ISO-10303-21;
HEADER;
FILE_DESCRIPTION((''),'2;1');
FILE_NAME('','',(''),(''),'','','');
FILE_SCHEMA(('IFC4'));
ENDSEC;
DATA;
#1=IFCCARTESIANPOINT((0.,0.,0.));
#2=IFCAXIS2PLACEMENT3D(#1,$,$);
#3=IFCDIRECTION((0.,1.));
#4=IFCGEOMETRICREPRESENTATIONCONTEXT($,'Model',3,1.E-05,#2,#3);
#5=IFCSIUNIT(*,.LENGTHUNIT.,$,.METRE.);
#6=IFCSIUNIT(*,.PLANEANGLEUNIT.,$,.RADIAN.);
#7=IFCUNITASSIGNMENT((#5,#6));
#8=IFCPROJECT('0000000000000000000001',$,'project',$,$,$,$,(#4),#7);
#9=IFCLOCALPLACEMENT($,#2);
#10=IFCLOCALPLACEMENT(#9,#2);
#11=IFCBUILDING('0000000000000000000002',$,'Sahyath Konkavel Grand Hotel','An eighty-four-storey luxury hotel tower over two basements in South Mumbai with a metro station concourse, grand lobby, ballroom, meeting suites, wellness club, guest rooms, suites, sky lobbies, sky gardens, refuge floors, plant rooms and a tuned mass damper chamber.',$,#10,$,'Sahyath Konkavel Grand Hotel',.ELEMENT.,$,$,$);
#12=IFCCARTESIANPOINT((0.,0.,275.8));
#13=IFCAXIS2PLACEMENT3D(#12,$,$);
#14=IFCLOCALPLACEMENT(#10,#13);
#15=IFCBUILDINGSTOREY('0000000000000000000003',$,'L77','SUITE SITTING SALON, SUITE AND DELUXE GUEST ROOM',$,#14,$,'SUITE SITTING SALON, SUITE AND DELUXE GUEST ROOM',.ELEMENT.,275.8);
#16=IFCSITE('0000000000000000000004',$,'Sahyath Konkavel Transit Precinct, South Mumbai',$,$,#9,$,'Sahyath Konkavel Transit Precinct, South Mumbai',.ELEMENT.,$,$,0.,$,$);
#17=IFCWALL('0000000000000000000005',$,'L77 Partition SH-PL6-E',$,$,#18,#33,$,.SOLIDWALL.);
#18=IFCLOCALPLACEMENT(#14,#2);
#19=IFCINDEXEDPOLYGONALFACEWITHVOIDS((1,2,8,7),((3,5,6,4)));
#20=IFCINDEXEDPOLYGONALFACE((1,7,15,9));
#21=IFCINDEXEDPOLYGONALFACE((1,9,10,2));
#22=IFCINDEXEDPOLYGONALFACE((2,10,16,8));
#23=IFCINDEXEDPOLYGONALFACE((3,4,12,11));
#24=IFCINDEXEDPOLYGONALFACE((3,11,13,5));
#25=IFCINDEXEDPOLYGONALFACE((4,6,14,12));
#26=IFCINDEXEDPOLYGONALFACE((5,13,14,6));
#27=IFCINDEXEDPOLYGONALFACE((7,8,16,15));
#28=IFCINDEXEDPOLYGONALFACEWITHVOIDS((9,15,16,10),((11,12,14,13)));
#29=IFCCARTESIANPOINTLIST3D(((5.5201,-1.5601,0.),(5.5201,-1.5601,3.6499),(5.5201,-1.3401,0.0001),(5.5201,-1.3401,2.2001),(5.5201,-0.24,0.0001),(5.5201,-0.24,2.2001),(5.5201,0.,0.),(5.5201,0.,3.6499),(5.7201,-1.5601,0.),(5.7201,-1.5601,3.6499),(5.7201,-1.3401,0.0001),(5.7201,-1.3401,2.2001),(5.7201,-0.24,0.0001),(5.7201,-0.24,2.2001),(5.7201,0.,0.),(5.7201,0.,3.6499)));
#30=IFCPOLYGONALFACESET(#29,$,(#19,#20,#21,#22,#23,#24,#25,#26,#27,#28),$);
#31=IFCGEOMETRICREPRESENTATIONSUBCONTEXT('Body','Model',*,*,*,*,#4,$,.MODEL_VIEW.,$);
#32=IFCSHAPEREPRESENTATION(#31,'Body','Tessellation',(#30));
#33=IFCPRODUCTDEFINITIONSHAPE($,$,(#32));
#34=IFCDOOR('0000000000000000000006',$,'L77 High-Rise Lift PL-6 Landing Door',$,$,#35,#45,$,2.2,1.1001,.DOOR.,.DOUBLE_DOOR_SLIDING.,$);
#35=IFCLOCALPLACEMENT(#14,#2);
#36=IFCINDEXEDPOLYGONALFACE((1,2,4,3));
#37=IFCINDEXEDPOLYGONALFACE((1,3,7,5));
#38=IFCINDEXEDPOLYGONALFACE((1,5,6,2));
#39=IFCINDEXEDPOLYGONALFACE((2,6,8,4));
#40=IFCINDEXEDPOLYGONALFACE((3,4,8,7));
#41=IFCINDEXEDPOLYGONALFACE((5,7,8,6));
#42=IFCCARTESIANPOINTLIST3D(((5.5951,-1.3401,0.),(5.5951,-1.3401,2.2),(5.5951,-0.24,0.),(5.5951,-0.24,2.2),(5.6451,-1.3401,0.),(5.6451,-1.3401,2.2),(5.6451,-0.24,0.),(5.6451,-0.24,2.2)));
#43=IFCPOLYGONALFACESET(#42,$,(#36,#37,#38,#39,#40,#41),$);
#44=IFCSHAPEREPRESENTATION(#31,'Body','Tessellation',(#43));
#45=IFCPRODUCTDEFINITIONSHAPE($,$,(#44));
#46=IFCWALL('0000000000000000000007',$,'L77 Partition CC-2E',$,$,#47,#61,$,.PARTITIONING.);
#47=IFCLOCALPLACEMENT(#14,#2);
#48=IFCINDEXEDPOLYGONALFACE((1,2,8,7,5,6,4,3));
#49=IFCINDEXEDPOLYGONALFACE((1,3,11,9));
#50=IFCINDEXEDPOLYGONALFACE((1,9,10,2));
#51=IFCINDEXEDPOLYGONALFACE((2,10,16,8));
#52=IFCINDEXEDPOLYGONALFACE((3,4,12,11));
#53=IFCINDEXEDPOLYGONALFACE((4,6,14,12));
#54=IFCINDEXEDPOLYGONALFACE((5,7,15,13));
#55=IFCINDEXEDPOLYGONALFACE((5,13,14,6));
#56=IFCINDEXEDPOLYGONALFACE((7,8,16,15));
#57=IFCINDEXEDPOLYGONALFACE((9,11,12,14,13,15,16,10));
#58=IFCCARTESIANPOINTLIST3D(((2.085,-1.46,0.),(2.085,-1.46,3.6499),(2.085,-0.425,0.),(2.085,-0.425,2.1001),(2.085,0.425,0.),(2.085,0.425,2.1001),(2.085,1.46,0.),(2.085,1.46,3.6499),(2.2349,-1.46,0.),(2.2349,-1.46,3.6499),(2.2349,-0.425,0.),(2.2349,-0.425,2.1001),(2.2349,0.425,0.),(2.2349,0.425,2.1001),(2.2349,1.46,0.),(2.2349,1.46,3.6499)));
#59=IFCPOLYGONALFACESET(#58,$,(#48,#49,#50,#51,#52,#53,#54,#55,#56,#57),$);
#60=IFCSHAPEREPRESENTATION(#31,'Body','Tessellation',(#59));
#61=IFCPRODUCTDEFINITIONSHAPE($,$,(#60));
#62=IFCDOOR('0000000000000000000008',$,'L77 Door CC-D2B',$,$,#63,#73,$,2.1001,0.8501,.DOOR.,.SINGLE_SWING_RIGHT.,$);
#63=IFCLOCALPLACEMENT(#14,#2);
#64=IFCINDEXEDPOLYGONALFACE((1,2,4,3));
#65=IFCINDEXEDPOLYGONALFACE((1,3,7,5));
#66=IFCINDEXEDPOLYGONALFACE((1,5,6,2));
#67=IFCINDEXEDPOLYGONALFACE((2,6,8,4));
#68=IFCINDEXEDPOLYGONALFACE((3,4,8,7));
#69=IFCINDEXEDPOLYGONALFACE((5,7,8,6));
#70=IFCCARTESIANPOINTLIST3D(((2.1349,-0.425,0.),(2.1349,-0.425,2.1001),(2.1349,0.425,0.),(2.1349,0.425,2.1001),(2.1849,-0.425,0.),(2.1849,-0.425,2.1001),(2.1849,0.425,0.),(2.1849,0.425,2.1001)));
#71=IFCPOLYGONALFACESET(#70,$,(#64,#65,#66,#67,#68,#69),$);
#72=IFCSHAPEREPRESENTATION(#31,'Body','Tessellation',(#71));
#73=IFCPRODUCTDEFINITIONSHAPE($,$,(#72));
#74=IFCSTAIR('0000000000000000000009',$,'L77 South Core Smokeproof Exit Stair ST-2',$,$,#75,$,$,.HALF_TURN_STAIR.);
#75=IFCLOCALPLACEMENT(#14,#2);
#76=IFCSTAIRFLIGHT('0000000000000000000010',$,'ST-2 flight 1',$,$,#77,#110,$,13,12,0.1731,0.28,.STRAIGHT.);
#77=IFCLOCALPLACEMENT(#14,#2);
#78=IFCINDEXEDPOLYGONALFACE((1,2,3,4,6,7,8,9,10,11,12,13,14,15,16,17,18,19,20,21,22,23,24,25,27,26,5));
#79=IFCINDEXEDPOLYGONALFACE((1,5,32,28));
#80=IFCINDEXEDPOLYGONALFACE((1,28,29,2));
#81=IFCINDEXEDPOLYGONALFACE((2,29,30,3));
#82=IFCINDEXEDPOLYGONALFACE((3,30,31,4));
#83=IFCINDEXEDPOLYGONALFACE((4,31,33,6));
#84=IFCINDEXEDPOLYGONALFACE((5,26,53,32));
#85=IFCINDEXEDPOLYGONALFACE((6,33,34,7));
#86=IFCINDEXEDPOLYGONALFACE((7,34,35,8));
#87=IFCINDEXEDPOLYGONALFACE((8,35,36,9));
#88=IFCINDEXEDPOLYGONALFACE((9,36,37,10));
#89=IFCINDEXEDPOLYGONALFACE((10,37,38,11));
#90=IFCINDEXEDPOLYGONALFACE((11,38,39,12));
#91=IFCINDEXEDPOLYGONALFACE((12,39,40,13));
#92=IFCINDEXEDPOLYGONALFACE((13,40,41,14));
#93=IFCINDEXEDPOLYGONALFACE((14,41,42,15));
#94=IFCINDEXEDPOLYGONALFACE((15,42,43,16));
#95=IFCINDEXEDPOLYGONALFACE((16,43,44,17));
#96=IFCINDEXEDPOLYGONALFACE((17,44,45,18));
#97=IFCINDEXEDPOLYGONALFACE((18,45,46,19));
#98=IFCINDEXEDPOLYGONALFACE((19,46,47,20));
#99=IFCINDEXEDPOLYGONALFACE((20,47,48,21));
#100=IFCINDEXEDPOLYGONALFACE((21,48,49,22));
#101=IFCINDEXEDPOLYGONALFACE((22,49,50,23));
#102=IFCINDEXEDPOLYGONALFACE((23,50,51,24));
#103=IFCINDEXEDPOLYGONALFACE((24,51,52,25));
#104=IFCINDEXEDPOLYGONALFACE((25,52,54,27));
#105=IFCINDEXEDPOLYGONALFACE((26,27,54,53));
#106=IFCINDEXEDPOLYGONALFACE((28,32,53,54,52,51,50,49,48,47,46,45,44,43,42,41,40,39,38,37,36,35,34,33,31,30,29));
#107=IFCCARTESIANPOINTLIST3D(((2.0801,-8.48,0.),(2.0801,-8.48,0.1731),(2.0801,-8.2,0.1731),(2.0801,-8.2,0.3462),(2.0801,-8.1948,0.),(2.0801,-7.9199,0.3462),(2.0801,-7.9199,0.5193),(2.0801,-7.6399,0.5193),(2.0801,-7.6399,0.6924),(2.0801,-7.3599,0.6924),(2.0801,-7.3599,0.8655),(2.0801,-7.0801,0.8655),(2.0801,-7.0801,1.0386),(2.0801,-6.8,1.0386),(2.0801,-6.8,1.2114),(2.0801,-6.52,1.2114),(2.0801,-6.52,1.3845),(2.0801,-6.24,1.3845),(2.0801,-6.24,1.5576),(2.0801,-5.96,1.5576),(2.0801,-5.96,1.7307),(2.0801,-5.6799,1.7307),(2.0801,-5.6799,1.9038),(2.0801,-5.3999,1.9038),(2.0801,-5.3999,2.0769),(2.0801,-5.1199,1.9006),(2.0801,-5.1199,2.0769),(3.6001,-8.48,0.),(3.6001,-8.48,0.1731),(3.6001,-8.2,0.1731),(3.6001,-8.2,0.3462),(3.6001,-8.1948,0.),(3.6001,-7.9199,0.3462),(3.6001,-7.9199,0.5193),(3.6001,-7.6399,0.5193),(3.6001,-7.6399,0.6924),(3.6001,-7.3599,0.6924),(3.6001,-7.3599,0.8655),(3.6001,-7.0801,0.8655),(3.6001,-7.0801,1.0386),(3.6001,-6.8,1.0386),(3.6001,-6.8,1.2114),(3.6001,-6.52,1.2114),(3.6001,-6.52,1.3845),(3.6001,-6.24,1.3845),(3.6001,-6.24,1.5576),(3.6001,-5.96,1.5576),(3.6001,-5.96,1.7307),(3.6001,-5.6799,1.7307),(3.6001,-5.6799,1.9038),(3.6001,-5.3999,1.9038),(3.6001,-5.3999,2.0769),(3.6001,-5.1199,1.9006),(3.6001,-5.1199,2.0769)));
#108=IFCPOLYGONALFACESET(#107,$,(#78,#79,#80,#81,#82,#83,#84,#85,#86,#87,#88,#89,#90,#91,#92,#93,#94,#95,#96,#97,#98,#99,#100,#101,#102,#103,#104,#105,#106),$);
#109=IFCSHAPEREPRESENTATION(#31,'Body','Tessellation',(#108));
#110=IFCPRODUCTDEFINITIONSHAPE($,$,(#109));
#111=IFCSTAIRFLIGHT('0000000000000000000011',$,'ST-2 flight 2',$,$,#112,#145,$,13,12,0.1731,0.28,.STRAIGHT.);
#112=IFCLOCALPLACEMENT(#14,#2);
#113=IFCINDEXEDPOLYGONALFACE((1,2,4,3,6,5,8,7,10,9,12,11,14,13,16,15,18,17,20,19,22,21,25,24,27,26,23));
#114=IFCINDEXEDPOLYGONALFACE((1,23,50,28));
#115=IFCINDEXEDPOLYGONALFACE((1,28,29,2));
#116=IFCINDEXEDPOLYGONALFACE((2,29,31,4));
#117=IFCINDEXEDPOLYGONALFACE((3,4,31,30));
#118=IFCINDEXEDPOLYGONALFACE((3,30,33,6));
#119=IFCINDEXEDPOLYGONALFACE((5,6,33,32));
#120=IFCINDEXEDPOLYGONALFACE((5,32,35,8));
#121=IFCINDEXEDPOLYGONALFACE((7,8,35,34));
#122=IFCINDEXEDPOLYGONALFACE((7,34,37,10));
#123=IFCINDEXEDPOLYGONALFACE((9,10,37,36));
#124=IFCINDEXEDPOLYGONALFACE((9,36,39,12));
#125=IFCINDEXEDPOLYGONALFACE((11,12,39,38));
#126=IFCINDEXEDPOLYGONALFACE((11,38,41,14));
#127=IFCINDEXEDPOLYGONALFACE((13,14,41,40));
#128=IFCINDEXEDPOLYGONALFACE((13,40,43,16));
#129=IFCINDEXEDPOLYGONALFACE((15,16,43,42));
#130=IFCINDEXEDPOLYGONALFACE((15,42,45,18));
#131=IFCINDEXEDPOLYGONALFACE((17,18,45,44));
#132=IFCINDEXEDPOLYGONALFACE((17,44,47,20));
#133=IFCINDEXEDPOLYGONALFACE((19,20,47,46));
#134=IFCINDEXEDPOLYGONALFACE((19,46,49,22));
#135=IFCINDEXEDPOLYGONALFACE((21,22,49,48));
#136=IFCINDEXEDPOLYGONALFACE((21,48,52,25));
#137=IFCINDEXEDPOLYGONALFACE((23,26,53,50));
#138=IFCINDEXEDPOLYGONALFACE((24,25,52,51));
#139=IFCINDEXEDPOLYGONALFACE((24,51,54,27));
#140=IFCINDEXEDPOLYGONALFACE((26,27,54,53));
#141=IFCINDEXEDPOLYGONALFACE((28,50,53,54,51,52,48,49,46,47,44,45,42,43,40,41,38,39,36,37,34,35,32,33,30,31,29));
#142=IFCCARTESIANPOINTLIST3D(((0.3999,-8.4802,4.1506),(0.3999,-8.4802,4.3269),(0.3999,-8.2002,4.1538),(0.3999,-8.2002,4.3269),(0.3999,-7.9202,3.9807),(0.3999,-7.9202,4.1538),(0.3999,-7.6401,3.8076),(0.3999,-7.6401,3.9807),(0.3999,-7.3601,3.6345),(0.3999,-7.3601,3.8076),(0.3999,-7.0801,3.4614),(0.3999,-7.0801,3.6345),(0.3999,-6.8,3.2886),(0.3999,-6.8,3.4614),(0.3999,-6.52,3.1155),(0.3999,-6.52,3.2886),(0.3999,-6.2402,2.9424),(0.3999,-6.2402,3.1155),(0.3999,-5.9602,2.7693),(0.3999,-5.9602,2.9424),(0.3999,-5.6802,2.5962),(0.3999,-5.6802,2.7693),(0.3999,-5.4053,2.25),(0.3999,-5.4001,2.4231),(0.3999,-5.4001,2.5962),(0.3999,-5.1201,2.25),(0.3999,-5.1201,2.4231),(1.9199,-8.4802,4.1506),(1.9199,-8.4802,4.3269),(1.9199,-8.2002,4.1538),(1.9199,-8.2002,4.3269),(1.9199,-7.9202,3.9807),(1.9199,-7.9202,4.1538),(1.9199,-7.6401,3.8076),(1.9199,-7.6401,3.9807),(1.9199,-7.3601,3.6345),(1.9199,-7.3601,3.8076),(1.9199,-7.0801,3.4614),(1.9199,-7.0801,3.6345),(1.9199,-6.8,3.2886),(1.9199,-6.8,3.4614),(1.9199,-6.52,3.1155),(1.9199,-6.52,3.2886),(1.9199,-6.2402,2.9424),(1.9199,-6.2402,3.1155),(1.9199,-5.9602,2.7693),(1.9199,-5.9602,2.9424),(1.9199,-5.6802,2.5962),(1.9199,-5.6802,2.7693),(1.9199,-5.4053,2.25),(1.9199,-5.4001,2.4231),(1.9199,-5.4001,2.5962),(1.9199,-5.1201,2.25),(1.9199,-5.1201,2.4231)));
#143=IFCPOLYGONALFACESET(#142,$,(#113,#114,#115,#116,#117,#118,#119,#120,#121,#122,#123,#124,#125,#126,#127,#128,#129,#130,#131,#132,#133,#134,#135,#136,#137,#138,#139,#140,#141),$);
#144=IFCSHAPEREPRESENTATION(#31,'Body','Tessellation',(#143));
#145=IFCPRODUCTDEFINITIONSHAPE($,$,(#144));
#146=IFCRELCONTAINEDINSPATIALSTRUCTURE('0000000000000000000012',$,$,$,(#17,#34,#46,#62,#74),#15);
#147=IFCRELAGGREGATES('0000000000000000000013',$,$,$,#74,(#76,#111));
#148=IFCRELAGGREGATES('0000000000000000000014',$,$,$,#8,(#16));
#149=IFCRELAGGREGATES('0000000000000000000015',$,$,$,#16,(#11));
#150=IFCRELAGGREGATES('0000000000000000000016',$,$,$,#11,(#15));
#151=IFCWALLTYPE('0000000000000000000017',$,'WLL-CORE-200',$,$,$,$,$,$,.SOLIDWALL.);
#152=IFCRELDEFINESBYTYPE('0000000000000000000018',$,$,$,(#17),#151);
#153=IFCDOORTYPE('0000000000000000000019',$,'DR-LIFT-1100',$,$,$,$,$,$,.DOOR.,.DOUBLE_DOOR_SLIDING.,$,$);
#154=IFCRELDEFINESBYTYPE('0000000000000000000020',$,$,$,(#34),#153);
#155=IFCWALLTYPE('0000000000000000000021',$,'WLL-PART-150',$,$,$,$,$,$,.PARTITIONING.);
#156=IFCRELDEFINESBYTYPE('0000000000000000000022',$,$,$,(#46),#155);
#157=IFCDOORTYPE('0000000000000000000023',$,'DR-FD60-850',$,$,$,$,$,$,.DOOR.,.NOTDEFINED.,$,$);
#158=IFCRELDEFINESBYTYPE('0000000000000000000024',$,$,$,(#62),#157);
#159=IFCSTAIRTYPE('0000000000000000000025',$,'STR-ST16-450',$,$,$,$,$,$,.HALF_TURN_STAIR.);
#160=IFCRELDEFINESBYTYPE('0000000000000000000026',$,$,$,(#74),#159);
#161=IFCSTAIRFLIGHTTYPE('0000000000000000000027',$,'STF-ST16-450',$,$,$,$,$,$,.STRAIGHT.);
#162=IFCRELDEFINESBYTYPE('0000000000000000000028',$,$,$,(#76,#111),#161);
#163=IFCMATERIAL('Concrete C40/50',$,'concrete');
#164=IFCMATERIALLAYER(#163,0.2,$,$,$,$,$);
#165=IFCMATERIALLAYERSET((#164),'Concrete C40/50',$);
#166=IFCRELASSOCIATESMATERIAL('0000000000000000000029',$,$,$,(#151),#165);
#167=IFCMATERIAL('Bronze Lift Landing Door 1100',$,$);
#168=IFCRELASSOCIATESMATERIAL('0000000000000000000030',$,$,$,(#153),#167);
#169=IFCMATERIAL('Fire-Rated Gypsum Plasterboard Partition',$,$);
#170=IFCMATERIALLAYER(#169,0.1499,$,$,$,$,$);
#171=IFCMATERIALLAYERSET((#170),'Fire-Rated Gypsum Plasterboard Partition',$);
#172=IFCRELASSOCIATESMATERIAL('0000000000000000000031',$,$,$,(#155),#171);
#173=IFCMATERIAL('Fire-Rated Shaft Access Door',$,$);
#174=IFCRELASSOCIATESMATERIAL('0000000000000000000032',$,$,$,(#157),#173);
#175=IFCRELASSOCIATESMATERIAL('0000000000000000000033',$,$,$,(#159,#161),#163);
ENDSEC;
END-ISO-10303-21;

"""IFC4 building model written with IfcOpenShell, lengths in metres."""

from ifc_helpers import new_model, si_unit, direction, frame, frame_2d, origin, origin_2d, place, context, subcontext, project, spatial, polyline, rectangle, outline, extrude, source, transform, mapped, material, layer, layer_set, type_object, element, fill, aggregate, save


model = new_model("IFC4")

# Units and contexts
model_context = context("Model", 3, precision=1e-05, world=origin(), true_north=direction((0.0, 1.0)))
body_context = subcontext(model_context, "Body", "Model", "MODEL_VIEW")
ifc_project = project(units=[si_unit("LENGTHUNIT", "METRE"), si_unit("PLANEANGLEUNIT", "RADIAN")], contexts=[model_context])

# Site, building, storey
site_placement = place(None, origin())
site = spatial("IfcSite", under=ifc_project, at=site_placement, Name="Sahyath Konkavel Transit Precinct, South Mumbai", LongName="Sahyath Konkavel Transit Precinct, South Mumbai", CompositionType="ELEMENT", RefElevation=0.0)
building_placement = place(site_placement, origin())
building = spatial("IfcBuilding", under=site, at=building_placement, Name="Sahyath Konkavel Grand Hotel", Description="An eighty-four-storey luxury hotel tower over two basements in South Mumbai with a metro station concourse, grand lobby, ballroom, meeting suites, wellness club, guest rooms, suites, sky lobbies, sky gardens, refuge floors, plant rooms and a tuned mass damper chamber.", LongName="Sahyath Konkavel Grand Hotel", CompositionType="ELEMENT")
storey_placement = place(building_placement, frame((0.0, 0.0, 275.8)))
storey = spatial("IfcBuildingStorey", under=building, at=storey_placement, Name="L77", Description="SUITE SITTING SALON, SUITE AND DELUXE GUEST ROOM", LongName="SUITE SITTING SALON, SUITE AND DELUXE GUEST ROOM", CompositionType="ELEMENT", Elevation=275.8)

# Shared definitions
ifc_material_1 = material(Name="Concrete C40/50", Category="concrete")

# Shared definitions
ifc_layer_1 = layer(ifc_material_1, 0.2)
ifc_layer_set_1 = layer_set([ifc_layer_1], Name="Concrete C40/50")
wall_type_1 = type_object("IfcWallType", Name="WLL-CORE-200", PredefinedType="SOLIDWALL", material=ifc_layer_set_1)

# Walls, openings, doors
wall_1_placement = place(storey_placement, frame((5.6201, -1.5601, 0.0), z_axis=(0.0, 0.0, 1.0), x_axis=(0.0, 1.0, 0.0)))
wall_1 = element("IfcWall", 1, at=wall_1_placement, inside=storey, type_object=wall_type_1, Name="L77 Partition SH-PL6-E", PredefinedType="SOLIDWALL", context=body_context, shape_type="SweptSolid", body=[
    extrude(rectangle(XDim=1.5601, YDim=0.2, at=frame_2d((0.78, 0.0))), origin(), (0.0, 0.0, 1.0), 3.6499),
])
opening_1_placement = place(wall_1_placement, frame((0.22, 0.0, 0.0)))
opening_1 = element("IfcOpeningElement", 2, at=opening_1_placement, cuts=wall_1, PredefinedType="OPENING", context=body_context, shape_type="SweptSolid", body=[
    extrude(rectangle(XDim=1.1001, YDim=2.2, at=frame_2d((0.55, 1.1001))), frame((0.0, 0.1099, 0.0), z_axis=(0.0, -1.0, 0.0), x_axis=(1.0, 0.0, 0.0)), (0.0, 0.0, 1.0), 0.22),
])
ifc_material_2 = material(Name="Bronze Lift Landing Door 1100")
door_type_1 = type_object("IfcDoorType", Name="DR-LIFT-1100", OperationType="DOUBLE_DOOR_SLIDING", PredefinedType="DOOR", material=ifc_material_2)
shared_shape_1 = source(origin(), body_context, "Body", "SweptSolid", [
    extrude(rectangle(XDim=1.1001, YDim=0.05, at=origin_2d()), origin(), (0.0, 0.0, 1.0), 2.2),
])
door_1_placement = place(opening_1_placement, frame((0.55, 0.0, 0.0)))
door_1 = element("IfcDoor", 3, at=door_1_placement, inside=storey, type_object=door_type_1, Name="L77 High-Rise Lift PL-6 Landing Door", OperationType="DOUBLE_DOOR_SLIDING", OverallHeight=2.2, OverallWidth=1.1001, PredefinedType="DOOR", context=body_context, shape_type="MappedRepresentation", body=[
    mapped(shared_shape_1, transform((0.0, 0.0, 0.0), scale=1.0)),
])
fill(opening_1, door_1)
ifc_material_3 = material(Name="Fire-Rated Gypsum Plasterboard Partition")
ifc_layer_2 = layer(ifc_material_3, 0.1499)
ifc_layer_set_2 = layer_set([ifc_layer_2], Name="Fire-Rated Gypsum Plasterboard Partition")
wall_type_2 = type_object("IfcWallType", Name="WLL-PART-150", PredefinedType="PARTITIONING", material=ifc_layer_set_2)
wall_2_placement = place(storey_placement, frame((2.1599, -1.46, 0.0), z_axis=(0.0, 0.0, 1.0), x_axis=(0.0, 1.0, 0.0)))
wall_2 = element("IfcWall", 4, at=wall_2_placement, inside=storey, type_object=wall_type_2, Name="L77 Partition CC-2E", PredefinedType="PARTITIONING", context=body_context, shape_type="SweptSolid", body=[
    extrude(rectangle(XDim=2.9199, YDim=0.1499, at=frame_2d((1.46, 0.0))), origin(), (0.0, 0.0, 1.0), 3.6499),
])
opening_2_placement = place(wall_2_placement, frame((1.0349, 0.0, 0.0)))
opening_2 = element("IfcOpeningElement", 5, at=opening_2_placement, cuts=wall_2, PredefinedType="OPENING", context=body_context, shape_type="SweptSolid", body=[
    extrude(rectangle(XDim=0.8501, YDim=2.1001, at=frame_2d((0.425, 1.05))), frame((0.0, 0.085, 0.0), z_axis=(0.0, -1.0, 0.0), x_axis=(1.0, 0.0, 0.0)), (0.0, 0.0, 1.0), 0.1699),
])
ifc_material_4 = material(Name="Fire-Rated Shaft Access Door")
door_type_2 = type_object("IfcDoorType", Name="DR-FD60-850", OperationType="NOTDEFINED", PredefinedType="DOOR", material=ifc_material_4)
shared_shape_2 = source(origin(), body_context, "Body", "SweptSolid", [
    extrude(rectangle(XDim=0.8501, YDim=0.05, at=origin_2d()), origin(), (0.0, 0.0, 1.0), 2.1001),
])
door_2_placement = place(opening_2_placement, frame((0.425, 0.0, 0.0)))
door_2 = element("IfcDoor", 6, at=door_2_placement, inside=storey, type_object=door_type_2, Name="L77 Door CC-D2B", OperationType="SINGLE_SWING_RIGHT", OverallHeight=2.1001, OverallWidth=0.8501, PredefinedType="DOOR", context=body_context, shape_type="MappedRepresentation", body=[
    mapped(shared_shape_2, transform((0.0, 0.0, 0.0), scale=1.0)),
])
fill(opening_2, door_2)

# Stair, stair flights
stair_type = type_object("IfcStairType", Name="STR-ST16-450", PredefinedType="HALF_TURN_STAIR", material=ifc_material_1)
stair_placement = place(storey_placement, origin())
stair = element("IfcStair", 7, at=stair_placement, inside=storey, type_object=stair_type, Name="L77 South Core Smokeproof Exit Stair ST-2", PredefinedType="HALF_TURN_STAIR")
stair_flight_type = type_object("IfcStairFlightType", Name="STF-ST16-450", PredefinedType="STRAIGHT", material=ifc_material_1)
stair_flight_1_placement = place(storey_placement, frame((2.8401, -8.48, 0.0), z_axis=(0.0, 0.0, 1.0), x_axis=(0.0, 1.0, 0.0)))
stair_flight_1 = element("IfcStairFlight", 8, at=stair_flight_1_placement, type_object=stair_flight_type, Name="ST-2 flight 1", NumberOfRisers=13, NumberOfTreads=12, PredefinedType="STRAIGHT", RiserHeight=0.1731, TreadLength=0.28, context=body_context, shape_type="SweptSolid", body=[
    extrude(outline(polyline([(0.0, 0.0), (0.0, 0.1731), (0.28, 0.1731), (0.28, 0.3462), (0.5601, 0.3462), (0.5601, 0.5193), (0.8401, 0.5193), (0.8401, 0.6924), (1.1201, 0.6924), (1.1201, 0.8655), (1.3999, 0.8655), (1.3999, 1.0386), (1.6799, 1.0386), (1.6799, 1.2114), (1.96, 1.2114), (1.96, 1.3845), (2.24, 1.3845), (2.24, 1.5576), (2.52, 1.5576), (2.52, 1.7307), (2.8, 1.7307), (2.8, 1.9038), (3.0801, 1.9038), (3.0801, 2.0769), (3.3601, 2.0769), (3.3601, 2.25), (3.3601, 1.9006), (0.2852, 0.0), (0.0, 0.0)])), frame((0.0, 0.76, 0.0), z_axis=(0.0, -1.0, 0.0), x_axis=(1.0, 0.0, 0.0)), (0.0, 0.0, 1.0), 1.52),
])
stair_flight_2_placement = place(storey_placement, frame((1.1599, -5.1201, 2.25), z_axis=(0.0, 0.0, 1.0), x_axis=(0.0, -1.0, 0.0)))
stair_flight_2 = element("IfcStairFlight", 9, at=stair_flight_2_placement, type_object=stair_flight_type, Name="ST-2 flight 2", NumberOfRisers=13, NumberOfTreads=12, PredefinedType="STRAIGHT", RiserHeight=0.1731, TreadLength=0.28, context=body_context, shape_type="SweptSolid", body=[
    extrude(outline(polyline([(0.0, 0.0), (0.0, 0.1731), (0.28, 0.1731), (0.28, 0.3462), (0.5601, 0.3462), (0.5601, 0.5193), (0.8401, 0.5193), (0.8401, 0.6924), (1.1201, 0.6924), (1.1201, 0.8655), (1.3999, 0.8655), (1.3999, 1.0386), (1.6799, 1.0386), (1.6799, 1.2114), (1.96, 1.2114), (1.96, 1.3845), (2.24, 1.3845), (2.24, 1.5576), (2.52, 1.5576), (2.52, 1.7307), (2.8, 1.7307), (2.8, 1.9038), (3.0801, 1.9038), (3.0801, 2.0769), (3.3601, 2.0769), (3.3601, 2.25), (3.3601, 1.9006), (0.2852, 0.0), (0.0, 0.0)])), frame((0.0, 0.76, 0.0), z_axis=(0.0, -1.0, 0.0), x_axis=(1.0, 0.0, 0.0)), (0.0, 0.0, 1.0), 1.52),
])
aggregate(stair, [stair_flight_1, stair_flight_2])

save(model, "model.ifc")
